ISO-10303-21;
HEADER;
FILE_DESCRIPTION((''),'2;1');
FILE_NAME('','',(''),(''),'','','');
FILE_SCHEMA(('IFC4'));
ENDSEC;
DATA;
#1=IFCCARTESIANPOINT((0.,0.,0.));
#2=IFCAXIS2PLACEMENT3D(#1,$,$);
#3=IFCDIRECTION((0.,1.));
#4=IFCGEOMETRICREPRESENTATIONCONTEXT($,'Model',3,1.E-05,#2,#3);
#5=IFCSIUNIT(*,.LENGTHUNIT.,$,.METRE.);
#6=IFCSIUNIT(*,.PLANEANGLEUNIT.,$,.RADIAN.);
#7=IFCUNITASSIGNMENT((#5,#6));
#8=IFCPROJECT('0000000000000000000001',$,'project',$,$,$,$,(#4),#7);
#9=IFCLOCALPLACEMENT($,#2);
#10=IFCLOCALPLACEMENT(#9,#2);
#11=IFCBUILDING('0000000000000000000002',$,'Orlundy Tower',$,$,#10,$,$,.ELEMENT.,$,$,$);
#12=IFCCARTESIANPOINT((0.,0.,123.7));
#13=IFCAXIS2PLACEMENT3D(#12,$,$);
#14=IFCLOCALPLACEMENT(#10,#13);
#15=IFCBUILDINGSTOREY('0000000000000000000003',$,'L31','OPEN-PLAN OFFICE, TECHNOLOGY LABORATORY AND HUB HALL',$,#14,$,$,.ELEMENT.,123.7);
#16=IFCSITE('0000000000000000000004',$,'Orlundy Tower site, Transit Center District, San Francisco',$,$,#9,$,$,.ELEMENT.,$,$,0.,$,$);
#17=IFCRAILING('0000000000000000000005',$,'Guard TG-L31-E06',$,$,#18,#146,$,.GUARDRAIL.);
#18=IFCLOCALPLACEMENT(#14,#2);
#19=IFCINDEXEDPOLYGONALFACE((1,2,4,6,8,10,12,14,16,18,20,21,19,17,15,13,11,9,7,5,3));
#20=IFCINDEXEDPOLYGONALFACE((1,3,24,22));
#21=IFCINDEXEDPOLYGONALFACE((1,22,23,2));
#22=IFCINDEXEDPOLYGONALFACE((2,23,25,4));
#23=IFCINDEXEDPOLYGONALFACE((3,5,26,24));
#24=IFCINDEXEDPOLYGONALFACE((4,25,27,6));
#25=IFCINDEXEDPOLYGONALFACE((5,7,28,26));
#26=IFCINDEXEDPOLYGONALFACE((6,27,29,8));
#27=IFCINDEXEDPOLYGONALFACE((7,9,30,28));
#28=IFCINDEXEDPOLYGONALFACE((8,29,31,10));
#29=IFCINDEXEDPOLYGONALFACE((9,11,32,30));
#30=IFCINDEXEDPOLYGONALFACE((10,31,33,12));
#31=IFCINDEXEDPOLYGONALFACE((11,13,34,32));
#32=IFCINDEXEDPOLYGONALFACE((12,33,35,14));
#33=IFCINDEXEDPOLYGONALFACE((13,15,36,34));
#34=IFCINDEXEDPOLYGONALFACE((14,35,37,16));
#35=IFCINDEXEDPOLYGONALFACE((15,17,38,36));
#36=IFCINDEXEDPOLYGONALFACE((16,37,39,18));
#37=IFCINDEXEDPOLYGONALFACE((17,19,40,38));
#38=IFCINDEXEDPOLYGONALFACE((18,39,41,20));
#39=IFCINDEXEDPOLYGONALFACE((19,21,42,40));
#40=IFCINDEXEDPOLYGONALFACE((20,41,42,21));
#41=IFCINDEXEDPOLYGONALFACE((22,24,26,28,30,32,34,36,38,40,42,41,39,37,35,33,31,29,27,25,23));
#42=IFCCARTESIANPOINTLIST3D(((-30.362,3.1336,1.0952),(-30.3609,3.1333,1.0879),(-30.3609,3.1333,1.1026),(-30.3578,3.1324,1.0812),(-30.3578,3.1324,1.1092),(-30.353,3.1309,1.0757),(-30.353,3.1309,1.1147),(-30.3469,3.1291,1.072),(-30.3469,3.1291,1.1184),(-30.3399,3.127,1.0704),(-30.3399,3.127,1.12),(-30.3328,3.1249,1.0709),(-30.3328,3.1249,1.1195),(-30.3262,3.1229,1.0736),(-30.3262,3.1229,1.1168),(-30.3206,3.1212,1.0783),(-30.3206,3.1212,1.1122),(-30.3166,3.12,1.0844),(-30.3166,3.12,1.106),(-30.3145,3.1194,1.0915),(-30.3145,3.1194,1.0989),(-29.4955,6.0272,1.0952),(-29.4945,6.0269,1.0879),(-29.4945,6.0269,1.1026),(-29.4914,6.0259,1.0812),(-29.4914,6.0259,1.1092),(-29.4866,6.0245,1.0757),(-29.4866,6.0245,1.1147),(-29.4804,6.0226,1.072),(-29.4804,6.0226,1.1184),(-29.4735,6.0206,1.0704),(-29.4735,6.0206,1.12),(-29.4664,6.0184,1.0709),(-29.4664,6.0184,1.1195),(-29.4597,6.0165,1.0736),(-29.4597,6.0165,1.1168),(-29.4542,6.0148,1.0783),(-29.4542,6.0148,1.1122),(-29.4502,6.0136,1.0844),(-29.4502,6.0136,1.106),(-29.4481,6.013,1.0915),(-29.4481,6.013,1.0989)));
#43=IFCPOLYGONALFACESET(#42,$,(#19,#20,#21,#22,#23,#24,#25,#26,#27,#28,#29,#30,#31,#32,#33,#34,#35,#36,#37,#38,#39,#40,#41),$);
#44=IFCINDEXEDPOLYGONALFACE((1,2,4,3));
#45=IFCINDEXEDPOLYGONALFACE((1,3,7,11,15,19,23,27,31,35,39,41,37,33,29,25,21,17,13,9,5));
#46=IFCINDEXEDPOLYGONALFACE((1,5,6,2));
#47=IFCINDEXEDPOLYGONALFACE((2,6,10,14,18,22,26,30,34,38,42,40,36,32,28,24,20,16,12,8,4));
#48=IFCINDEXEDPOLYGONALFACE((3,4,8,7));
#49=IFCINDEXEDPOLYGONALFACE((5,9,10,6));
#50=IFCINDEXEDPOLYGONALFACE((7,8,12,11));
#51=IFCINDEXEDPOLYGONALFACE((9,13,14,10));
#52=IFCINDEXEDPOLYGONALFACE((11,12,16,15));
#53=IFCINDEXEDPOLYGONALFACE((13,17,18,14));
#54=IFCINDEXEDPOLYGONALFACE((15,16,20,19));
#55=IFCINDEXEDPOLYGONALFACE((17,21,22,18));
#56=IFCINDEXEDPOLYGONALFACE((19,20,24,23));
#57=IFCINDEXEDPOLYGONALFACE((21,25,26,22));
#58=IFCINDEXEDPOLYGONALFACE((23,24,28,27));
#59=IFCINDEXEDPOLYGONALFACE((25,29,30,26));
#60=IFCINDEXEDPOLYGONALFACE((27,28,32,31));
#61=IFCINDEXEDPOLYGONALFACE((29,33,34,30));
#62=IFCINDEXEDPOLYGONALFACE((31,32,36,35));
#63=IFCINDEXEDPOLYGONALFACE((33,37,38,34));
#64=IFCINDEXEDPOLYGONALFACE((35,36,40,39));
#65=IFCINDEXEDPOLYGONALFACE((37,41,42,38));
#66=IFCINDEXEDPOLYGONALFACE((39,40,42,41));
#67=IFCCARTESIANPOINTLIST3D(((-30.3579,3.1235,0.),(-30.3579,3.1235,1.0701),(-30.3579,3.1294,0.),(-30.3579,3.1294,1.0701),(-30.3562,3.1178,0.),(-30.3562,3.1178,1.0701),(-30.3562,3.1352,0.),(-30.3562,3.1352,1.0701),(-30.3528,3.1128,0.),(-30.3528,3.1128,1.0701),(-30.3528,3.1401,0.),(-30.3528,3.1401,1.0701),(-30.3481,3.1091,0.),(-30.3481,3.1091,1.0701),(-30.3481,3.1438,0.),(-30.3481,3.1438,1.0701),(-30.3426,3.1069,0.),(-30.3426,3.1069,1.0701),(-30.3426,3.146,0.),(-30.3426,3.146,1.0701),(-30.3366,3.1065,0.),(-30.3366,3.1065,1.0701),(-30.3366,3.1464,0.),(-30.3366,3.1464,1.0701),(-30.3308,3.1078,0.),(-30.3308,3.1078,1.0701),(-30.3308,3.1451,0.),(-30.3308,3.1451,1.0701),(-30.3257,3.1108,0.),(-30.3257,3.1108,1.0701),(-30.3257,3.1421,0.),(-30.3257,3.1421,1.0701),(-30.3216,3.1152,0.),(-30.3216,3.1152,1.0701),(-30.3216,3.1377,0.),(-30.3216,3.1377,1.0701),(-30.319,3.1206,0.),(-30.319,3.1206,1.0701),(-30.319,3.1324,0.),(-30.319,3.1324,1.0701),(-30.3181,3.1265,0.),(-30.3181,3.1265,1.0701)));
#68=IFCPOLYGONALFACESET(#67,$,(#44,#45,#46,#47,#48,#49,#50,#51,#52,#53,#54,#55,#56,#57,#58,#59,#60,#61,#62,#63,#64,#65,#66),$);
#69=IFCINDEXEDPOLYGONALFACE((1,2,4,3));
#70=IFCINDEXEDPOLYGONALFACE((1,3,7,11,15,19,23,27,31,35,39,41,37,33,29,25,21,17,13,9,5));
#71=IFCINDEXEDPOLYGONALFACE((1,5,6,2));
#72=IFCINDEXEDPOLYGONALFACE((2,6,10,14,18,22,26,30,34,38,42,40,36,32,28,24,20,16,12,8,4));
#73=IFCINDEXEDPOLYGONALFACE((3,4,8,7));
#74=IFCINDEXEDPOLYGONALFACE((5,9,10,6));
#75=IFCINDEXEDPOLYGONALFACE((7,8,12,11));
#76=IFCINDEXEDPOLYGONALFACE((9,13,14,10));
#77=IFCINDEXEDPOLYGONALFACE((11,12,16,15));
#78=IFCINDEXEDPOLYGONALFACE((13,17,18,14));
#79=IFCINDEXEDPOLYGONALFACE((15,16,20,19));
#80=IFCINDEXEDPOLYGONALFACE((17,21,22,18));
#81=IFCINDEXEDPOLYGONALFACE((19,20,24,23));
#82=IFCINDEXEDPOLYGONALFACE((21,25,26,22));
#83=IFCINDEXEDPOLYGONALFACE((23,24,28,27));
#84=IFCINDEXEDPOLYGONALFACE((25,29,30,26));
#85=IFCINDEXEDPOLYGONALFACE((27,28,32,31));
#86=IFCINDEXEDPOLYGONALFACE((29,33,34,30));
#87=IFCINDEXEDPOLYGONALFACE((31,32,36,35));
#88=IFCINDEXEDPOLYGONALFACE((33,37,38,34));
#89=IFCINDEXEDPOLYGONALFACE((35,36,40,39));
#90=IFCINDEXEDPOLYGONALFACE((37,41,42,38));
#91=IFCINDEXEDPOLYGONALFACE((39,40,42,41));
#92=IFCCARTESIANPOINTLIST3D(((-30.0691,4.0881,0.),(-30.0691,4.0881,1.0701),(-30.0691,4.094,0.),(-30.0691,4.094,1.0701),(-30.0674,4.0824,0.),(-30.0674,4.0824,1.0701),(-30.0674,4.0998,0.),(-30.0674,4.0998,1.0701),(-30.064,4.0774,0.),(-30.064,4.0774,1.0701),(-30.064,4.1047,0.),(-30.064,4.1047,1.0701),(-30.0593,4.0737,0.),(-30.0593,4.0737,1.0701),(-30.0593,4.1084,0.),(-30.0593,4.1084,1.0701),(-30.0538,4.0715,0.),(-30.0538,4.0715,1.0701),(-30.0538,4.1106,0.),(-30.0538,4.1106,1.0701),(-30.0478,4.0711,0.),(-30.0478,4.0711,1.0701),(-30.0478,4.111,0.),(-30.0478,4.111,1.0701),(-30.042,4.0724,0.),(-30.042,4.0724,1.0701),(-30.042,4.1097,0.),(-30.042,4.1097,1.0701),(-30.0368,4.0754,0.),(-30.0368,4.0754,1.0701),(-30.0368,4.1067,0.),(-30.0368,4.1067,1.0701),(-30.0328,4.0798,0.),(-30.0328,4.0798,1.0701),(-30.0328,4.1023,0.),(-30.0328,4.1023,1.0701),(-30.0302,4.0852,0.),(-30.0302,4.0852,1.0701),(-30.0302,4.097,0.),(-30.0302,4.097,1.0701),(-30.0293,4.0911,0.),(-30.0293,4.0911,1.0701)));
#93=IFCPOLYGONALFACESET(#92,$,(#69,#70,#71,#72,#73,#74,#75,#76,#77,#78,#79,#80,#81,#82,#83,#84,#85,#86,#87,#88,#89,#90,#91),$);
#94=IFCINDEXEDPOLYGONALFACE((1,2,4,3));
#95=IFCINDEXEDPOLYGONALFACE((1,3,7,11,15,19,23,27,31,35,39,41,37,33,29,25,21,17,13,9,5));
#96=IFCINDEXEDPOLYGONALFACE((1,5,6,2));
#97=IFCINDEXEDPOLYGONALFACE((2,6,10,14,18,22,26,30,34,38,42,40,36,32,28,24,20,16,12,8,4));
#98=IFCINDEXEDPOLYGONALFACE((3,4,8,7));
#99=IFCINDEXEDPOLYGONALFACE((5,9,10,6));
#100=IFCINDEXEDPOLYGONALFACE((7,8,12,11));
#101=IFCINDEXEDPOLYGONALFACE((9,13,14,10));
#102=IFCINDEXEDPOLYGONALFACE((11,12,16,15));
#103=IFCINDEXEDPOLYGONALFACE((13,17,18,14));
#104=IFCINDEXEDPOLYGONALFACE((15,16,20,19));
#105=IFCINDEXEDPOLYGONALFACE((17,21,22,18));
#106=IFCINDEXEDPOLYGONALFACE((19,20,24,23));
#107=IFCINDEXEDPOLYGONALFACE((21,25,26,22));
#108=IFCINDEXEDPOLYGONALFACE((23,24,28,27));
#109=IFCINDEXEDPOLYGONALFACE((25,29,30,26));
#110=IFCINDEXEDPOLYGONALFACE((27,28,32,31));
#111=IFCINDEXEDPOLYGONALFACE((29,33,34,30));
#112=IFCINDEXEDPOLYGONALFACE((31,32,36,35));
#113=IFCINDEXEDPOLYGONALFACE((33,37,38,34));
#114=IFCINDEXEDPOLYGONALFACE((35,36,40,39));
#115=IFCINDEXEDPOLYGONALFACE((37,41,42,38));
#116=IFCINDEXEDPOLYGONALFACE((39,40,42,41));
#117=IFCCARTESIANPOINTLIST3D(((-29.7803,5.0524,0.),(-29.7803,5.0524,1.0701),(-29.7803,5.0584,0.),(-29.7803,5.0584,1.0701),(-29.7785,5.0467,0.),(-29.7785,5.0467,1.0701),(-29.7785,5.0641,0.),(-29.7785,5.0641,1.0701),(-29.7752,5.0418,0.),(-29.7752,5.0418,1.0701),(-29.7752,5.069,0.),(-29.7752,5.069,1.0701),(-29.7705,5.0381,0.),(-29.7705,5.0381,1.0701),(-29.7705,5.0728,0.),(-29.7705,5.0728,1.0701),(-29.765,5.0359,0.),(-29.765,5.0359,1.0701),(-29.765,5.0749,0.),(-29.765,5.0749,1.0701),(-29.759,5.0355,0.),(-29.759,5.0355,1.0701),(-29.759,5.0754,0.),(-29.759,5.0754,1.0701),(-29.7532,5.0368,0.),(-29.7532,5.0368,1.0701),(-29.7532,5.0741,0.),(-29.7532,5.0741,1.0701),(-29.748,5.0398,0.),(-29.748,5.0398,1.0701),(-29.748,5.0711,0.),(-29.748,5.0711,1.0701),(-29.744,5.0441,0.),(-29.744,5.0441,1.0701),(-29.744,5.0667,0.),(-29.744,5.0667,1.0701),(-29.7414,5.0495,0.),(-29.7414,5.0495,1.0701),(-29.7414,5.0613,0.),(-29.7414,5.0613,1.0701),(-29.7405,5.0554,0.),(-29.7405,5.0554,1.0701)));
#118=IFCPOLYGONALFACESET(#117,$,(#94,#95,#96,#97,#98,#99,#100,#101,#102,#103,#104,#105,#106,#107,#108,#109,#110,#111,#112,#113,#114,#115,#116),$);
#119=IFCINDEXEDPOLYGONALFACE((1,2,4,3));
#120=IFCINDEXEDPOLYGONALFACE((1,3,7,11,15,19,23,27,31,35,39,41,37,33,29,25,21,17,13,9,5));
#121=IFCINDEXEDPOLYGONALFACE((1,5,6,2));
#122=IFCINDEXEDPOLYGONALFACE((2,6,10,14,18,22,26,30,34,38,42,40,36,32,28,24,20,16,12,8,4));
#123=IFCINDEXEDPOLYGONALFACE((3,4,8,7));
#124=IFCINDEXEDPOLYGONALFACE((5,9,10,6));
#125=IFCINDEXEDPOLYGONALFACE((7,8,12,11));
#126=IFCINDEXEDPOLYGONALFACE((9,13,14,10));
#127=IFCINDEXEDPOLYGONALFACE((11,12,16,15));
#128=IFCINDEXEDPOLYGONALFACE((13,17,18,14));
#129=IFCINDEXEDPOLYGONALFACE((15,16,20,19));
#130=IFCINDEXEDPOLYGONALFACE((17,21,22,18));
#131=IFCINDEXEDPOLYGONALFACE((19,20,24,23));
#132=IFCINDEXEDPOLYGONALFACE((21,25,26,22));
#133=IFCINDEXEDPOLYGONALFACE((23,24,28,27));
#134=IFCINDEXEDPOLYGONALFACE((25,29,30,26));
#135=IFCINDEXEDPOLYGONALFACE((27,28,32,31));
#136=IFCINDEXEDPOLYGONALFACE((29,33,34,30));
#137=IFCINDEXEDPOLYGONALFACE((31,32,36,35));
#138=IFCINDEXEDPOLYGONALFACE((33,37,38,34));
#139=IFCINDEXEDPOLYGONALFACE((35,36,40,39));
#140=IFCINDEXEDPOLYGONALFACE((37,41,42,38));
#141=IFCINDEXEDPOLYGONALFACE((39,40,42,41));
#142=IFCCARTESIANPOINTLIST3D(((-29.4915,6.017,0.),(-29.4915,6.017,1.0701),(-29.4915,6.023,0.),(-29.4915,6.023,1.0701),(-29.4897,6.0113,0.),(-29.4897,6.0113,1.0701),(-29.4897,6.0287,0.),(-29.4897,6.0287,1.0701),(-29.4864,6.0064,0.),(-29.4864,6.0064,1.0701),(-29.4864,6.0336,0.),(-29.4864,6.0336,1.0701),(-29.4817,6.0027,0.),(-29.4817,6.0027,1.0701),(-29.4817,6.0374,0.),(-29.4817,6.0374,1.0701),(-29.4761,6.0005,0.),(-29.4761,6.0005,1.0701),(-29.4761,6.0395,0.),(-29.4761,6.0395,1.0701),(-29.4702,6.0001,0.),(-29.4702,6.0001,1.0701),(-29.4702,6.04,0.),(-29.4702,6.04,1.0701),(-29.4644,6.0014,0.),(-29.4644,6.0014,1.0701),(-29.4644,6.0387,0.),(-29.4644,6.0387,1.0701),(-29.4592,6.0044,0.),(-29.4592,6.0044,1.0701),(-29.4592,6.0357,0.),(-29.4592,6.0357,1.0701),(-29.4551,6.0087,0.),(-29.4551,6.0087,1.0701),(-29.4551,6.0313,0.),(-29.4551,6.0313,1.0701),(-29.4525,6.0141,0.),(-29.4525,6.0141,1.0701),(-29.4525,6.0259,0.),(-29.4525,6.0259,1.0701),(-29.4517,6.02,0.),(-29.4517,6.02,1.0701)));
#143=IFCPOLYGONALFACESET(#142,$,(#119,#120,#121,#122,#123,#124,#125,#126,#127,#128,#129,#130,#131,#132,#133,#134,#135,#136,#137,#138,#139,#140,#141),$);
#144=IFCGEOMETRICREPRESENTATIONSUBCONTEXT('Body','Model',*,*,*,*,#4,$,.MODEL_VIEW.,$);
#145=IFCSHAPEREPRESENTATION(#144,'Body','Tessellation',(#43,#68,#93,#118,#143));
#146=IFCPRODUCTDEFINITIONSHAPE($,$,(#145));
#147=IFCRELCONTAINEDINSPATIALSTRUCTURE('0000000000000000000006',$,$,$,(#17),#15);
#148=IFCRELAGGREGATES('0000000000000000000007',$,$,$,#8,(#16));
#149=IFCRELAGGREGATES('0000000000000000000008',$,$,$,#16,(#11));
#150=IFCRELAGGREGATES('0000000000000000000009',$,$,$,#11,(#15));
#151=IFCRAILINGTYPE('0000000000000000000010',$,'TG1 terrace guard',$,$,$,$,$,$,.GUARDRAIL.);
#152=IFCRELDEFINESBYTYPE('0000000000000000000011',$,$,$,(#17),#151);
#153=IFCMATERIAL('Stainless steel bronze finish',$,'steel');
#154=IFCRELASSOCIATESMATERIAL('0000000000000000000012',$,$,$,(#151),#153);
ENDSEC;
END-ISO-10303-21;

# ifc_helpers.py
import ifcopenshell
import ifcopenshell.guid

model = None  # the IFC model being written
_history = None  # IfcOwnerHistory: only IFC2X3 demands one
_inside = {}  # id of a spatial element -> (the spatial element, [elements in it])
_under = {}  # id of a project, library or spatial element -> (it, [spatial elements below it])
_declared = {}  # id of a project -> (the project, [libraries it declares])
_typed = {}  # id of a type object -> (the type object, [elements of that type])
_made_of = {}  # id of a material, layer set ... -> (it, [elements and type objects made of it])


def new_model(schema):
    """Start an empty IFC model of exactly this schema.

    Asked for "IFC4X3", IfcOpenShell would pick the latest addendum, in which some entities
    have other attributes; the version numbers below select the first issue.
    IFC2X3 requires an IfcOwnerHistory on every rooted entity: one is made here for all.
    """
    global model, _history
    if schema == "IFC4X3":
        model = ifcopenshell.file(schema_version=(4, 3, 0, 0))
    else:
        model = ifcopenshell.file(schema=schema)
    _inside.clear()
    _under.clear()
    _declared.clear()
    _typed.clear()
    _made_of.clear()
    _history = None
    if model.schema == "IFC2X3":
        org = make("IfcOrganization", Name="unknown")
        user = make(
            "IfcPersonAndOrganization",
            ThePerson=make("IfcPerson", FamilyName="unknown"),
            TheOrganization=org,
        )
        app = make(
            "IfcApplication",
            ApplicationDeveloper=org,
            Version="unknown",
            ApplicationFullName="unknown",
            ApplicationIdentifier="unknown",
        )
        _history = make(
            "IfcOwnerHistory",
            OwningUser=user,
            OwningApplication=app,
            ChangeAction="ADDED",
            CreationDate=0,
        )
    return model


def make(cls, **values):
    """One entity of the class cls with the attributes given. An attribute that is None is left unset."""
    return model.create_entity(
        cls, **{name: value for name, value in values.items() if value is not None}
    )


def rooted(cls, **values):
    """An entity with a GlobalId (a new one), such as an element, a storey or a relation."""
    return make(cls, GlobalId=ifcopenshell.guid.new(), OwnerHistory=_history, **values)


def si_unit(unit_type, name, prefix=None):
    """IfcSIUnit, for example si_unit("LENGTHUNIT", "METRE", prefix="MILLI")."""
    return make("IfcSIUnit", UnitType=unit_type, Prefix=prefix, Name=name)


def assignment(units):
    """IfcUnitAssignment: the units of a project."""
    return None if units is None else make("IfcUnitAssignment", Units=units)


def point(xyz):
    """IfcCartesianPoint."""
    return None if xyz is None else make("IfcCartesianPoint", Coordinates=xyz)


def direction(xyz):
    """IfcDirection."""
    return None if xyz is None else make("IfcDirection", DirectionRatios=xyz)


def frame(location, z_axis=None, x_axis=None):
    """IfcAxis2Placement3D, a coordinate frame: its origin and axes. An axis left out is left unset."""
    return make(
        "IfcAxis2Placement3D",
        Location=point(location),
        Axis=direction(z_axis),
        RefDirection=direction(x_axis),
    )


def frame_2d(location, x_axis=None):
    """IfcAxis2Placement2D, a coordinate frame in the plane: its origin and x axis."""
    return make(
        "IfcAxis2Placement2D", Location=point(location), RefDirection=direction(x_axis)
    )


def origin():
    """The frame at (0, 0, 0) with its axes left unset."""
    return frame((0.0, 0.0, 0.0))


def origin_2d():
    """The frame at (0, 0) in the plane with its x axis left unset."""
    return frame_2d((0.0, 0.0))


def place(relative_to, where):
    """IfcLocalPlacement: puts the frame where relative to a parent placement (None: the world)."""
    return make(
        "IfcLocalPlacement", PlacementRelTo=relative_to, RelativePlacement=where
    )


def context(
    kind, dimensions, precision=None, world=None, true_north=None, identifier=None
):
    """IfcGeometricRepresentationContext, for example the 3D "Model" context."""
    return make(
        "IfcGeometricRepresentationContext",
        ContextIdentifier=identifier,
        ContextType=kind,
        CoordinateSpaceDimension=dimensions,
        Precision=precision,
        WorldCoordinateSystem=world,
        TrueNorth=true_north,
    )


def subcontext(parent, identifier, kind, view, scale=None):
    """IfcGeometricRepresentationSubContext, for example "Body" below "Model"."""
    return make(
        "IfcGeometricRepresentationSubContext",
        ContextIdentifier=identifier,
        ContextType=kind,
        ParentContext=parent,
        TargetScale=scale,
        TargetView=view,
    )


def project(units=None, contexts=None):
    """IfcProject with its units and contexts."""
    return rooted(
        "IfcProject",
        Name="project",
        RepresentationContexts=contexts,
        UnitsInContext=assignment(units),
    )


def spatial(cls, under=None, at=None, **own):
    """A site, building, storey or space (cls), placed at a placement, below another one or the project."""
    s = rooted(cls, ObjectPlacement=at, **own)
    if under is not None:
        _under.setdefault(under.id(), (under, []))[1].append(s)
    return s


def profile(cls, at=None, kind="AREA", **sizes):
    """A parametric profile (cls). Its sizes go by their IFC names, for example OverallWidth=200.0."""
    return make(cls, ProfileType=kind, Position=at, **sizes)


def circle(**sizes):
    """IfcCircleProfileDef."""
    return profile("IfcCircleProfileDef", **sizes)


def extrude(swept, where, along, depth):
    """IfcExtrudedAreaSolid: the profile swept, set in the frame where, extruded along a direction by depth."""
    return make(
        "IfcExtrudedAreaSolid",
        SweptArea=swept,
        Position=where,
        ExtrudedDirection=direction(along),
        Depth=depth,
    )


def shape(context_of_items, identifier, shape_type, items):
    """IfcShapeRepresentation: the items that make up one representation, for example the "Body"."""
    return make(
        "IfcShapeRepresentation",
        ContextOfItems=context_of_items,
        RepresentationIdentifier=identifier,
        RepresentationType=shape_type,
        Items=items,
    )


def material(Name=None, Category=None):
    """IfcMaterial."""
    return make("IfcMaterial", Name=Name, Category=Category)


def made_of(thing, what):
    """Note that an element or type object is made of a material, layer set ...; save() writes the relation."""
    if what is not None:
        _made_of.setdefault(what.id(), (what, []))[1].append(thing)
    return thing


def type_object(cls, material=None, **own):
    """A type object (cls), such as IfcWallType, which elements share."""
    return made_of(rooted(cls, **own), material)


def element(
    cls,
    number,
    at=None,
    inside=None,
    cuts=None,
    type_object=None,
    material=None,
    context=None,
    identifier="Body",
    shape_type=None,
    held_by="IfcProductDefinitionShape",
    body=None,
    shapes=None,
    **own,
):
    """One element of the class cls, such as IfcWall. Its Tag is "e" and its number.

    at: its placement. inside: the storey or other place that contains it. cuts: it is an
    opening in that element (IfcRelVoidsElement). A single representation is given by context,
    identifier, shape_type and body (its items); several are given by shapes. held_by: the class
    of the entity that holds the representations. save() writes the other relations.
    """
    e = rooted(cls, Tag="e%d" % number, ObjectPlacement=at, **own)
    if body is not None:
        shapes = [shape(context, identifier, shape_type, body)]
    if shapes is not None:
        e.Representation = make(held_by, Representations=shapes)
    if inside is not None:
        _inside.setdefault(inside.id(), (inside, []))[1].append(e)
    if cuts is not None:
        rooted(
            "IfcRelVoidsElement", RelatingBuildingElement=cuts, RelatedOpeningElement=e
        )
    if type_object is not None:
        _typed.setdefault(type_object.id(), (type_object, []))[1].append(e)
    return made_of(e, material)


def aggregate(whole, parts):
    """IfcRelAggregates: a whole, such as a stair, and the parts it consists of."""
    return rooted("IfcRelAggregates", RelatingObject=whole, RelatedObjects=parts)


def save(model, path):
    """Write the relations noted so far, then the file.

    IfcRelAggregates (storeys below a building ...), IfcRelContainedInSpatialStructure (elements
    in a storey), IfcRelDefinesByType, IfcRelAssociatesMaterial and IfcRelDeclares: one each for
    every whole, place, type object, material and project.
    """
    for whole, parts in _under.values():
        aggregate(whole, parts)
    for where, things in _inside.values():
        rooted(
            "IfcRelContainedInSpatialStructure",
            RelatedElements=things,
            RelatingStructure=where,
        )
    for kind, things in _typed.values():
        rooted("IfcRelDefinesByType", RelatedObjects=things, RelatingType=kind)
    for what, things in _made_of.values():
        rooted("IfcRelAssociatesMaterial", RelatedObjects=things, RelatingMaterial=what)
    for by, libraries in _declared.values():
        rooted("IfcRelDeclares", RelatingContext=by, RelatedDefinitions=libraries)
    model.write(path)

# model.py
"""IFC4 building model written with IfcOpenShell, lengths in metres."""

from ifc_helpers import new_model, si_unit, direction, frame, origin, origin_2d, place, context, subcontext, project, spatial, circle, extrude, material, type_object, element, save


model = new_model("IFC4")

# Units and contexts
model_context = context("Model", 3, precision=1e-05, world=origin(), true_north=direction((0.0, 1.0)))
body_context = subcontext(model_context, "Body", "Model", "MODEL_VIEW")
ifc_project = project(units=[si_unit("LENGTHUNIT", "METRE"), si_unit("PLANEANGLEUNIT", "RADIAN")], contexts=[model_context])

# Site, building, storey
site_placement = place(None, origin())
site = spatial("IfcSite", under=ifc_project, at=site_placement, Name="Orlundy Tower site, Transit Center District, San Francisco", CompositionType="ELEMENT", RefElevation=0.0)
building_placement = place(site_placement, origin())
building = spatial("IfcBuilding", under=site, at=building_placement, Name="Orlundy Tower", CompositionType="ELEMENT")
storey_placement = place(building_placement, frame((0.0, 0.0, 123.7)))
storey = spatial("IfcBuildingStorey", under=building, at=storey_placement, Name="L31", Description="OPEN-PLAN OFFICE, TECHNOLOGY LABORATORY AND HUB HALL", CompositionType="ELEMENT", Elevation=123.7)

# Railing
ifc_material_1 = material(Name="Stainless steel bronze finish", Category="steel")
railing_type_1 = type_object("IfcRailingType", Name="TG1 terrace guard", PredefinedType="GUARDRAIL", material=ifc_material_1)
railing_1_placement = place(storey_placement, frame((-30.3381, 3.1265, 0.0)))
element("IfcRailing", 1, at=railing_1_placement, inside=storey, type_object=railing_type_1, Name="Guard TG-L31-E06", PredefinedType="GUARDRAIL", context=body_context, shape_type="SweptSolid", body=[
    extrude(circle(Radius=0.0249, at=origin_2d()), frame((0.0, 0.0, 1.0952), z_axis=(0.286858, 0.957973, 0.0), x_axis=(-0.957973, 0.286858, 0.0)), (0.0, 0.0, 1.0), 3.0205),
    extrude(circle(Radius=0.02, at=origin_2d()), origin(), (0.0, 0.0, 1.0), 1.0701),
    extrude(circle(Radius=0.02, at=origin_2d()), frame((0.2888, 0.9646, 0.0)), (0.0, 0.0, 1.0), 1.0701),
    extrude(circle(Radius=0.02, at=origin_2d()), frame((0.5776, 1.929, 0.0)), (0.0, 0.0, 1.0), 1.0701),
    extrude(circle(Radius=0.02, at=origin_2d()), frame((0.8665, 2.8936, 0.0)), (0.0, 0.0, 1.0), 1.0701),
])

save(model, "model.ifc")
